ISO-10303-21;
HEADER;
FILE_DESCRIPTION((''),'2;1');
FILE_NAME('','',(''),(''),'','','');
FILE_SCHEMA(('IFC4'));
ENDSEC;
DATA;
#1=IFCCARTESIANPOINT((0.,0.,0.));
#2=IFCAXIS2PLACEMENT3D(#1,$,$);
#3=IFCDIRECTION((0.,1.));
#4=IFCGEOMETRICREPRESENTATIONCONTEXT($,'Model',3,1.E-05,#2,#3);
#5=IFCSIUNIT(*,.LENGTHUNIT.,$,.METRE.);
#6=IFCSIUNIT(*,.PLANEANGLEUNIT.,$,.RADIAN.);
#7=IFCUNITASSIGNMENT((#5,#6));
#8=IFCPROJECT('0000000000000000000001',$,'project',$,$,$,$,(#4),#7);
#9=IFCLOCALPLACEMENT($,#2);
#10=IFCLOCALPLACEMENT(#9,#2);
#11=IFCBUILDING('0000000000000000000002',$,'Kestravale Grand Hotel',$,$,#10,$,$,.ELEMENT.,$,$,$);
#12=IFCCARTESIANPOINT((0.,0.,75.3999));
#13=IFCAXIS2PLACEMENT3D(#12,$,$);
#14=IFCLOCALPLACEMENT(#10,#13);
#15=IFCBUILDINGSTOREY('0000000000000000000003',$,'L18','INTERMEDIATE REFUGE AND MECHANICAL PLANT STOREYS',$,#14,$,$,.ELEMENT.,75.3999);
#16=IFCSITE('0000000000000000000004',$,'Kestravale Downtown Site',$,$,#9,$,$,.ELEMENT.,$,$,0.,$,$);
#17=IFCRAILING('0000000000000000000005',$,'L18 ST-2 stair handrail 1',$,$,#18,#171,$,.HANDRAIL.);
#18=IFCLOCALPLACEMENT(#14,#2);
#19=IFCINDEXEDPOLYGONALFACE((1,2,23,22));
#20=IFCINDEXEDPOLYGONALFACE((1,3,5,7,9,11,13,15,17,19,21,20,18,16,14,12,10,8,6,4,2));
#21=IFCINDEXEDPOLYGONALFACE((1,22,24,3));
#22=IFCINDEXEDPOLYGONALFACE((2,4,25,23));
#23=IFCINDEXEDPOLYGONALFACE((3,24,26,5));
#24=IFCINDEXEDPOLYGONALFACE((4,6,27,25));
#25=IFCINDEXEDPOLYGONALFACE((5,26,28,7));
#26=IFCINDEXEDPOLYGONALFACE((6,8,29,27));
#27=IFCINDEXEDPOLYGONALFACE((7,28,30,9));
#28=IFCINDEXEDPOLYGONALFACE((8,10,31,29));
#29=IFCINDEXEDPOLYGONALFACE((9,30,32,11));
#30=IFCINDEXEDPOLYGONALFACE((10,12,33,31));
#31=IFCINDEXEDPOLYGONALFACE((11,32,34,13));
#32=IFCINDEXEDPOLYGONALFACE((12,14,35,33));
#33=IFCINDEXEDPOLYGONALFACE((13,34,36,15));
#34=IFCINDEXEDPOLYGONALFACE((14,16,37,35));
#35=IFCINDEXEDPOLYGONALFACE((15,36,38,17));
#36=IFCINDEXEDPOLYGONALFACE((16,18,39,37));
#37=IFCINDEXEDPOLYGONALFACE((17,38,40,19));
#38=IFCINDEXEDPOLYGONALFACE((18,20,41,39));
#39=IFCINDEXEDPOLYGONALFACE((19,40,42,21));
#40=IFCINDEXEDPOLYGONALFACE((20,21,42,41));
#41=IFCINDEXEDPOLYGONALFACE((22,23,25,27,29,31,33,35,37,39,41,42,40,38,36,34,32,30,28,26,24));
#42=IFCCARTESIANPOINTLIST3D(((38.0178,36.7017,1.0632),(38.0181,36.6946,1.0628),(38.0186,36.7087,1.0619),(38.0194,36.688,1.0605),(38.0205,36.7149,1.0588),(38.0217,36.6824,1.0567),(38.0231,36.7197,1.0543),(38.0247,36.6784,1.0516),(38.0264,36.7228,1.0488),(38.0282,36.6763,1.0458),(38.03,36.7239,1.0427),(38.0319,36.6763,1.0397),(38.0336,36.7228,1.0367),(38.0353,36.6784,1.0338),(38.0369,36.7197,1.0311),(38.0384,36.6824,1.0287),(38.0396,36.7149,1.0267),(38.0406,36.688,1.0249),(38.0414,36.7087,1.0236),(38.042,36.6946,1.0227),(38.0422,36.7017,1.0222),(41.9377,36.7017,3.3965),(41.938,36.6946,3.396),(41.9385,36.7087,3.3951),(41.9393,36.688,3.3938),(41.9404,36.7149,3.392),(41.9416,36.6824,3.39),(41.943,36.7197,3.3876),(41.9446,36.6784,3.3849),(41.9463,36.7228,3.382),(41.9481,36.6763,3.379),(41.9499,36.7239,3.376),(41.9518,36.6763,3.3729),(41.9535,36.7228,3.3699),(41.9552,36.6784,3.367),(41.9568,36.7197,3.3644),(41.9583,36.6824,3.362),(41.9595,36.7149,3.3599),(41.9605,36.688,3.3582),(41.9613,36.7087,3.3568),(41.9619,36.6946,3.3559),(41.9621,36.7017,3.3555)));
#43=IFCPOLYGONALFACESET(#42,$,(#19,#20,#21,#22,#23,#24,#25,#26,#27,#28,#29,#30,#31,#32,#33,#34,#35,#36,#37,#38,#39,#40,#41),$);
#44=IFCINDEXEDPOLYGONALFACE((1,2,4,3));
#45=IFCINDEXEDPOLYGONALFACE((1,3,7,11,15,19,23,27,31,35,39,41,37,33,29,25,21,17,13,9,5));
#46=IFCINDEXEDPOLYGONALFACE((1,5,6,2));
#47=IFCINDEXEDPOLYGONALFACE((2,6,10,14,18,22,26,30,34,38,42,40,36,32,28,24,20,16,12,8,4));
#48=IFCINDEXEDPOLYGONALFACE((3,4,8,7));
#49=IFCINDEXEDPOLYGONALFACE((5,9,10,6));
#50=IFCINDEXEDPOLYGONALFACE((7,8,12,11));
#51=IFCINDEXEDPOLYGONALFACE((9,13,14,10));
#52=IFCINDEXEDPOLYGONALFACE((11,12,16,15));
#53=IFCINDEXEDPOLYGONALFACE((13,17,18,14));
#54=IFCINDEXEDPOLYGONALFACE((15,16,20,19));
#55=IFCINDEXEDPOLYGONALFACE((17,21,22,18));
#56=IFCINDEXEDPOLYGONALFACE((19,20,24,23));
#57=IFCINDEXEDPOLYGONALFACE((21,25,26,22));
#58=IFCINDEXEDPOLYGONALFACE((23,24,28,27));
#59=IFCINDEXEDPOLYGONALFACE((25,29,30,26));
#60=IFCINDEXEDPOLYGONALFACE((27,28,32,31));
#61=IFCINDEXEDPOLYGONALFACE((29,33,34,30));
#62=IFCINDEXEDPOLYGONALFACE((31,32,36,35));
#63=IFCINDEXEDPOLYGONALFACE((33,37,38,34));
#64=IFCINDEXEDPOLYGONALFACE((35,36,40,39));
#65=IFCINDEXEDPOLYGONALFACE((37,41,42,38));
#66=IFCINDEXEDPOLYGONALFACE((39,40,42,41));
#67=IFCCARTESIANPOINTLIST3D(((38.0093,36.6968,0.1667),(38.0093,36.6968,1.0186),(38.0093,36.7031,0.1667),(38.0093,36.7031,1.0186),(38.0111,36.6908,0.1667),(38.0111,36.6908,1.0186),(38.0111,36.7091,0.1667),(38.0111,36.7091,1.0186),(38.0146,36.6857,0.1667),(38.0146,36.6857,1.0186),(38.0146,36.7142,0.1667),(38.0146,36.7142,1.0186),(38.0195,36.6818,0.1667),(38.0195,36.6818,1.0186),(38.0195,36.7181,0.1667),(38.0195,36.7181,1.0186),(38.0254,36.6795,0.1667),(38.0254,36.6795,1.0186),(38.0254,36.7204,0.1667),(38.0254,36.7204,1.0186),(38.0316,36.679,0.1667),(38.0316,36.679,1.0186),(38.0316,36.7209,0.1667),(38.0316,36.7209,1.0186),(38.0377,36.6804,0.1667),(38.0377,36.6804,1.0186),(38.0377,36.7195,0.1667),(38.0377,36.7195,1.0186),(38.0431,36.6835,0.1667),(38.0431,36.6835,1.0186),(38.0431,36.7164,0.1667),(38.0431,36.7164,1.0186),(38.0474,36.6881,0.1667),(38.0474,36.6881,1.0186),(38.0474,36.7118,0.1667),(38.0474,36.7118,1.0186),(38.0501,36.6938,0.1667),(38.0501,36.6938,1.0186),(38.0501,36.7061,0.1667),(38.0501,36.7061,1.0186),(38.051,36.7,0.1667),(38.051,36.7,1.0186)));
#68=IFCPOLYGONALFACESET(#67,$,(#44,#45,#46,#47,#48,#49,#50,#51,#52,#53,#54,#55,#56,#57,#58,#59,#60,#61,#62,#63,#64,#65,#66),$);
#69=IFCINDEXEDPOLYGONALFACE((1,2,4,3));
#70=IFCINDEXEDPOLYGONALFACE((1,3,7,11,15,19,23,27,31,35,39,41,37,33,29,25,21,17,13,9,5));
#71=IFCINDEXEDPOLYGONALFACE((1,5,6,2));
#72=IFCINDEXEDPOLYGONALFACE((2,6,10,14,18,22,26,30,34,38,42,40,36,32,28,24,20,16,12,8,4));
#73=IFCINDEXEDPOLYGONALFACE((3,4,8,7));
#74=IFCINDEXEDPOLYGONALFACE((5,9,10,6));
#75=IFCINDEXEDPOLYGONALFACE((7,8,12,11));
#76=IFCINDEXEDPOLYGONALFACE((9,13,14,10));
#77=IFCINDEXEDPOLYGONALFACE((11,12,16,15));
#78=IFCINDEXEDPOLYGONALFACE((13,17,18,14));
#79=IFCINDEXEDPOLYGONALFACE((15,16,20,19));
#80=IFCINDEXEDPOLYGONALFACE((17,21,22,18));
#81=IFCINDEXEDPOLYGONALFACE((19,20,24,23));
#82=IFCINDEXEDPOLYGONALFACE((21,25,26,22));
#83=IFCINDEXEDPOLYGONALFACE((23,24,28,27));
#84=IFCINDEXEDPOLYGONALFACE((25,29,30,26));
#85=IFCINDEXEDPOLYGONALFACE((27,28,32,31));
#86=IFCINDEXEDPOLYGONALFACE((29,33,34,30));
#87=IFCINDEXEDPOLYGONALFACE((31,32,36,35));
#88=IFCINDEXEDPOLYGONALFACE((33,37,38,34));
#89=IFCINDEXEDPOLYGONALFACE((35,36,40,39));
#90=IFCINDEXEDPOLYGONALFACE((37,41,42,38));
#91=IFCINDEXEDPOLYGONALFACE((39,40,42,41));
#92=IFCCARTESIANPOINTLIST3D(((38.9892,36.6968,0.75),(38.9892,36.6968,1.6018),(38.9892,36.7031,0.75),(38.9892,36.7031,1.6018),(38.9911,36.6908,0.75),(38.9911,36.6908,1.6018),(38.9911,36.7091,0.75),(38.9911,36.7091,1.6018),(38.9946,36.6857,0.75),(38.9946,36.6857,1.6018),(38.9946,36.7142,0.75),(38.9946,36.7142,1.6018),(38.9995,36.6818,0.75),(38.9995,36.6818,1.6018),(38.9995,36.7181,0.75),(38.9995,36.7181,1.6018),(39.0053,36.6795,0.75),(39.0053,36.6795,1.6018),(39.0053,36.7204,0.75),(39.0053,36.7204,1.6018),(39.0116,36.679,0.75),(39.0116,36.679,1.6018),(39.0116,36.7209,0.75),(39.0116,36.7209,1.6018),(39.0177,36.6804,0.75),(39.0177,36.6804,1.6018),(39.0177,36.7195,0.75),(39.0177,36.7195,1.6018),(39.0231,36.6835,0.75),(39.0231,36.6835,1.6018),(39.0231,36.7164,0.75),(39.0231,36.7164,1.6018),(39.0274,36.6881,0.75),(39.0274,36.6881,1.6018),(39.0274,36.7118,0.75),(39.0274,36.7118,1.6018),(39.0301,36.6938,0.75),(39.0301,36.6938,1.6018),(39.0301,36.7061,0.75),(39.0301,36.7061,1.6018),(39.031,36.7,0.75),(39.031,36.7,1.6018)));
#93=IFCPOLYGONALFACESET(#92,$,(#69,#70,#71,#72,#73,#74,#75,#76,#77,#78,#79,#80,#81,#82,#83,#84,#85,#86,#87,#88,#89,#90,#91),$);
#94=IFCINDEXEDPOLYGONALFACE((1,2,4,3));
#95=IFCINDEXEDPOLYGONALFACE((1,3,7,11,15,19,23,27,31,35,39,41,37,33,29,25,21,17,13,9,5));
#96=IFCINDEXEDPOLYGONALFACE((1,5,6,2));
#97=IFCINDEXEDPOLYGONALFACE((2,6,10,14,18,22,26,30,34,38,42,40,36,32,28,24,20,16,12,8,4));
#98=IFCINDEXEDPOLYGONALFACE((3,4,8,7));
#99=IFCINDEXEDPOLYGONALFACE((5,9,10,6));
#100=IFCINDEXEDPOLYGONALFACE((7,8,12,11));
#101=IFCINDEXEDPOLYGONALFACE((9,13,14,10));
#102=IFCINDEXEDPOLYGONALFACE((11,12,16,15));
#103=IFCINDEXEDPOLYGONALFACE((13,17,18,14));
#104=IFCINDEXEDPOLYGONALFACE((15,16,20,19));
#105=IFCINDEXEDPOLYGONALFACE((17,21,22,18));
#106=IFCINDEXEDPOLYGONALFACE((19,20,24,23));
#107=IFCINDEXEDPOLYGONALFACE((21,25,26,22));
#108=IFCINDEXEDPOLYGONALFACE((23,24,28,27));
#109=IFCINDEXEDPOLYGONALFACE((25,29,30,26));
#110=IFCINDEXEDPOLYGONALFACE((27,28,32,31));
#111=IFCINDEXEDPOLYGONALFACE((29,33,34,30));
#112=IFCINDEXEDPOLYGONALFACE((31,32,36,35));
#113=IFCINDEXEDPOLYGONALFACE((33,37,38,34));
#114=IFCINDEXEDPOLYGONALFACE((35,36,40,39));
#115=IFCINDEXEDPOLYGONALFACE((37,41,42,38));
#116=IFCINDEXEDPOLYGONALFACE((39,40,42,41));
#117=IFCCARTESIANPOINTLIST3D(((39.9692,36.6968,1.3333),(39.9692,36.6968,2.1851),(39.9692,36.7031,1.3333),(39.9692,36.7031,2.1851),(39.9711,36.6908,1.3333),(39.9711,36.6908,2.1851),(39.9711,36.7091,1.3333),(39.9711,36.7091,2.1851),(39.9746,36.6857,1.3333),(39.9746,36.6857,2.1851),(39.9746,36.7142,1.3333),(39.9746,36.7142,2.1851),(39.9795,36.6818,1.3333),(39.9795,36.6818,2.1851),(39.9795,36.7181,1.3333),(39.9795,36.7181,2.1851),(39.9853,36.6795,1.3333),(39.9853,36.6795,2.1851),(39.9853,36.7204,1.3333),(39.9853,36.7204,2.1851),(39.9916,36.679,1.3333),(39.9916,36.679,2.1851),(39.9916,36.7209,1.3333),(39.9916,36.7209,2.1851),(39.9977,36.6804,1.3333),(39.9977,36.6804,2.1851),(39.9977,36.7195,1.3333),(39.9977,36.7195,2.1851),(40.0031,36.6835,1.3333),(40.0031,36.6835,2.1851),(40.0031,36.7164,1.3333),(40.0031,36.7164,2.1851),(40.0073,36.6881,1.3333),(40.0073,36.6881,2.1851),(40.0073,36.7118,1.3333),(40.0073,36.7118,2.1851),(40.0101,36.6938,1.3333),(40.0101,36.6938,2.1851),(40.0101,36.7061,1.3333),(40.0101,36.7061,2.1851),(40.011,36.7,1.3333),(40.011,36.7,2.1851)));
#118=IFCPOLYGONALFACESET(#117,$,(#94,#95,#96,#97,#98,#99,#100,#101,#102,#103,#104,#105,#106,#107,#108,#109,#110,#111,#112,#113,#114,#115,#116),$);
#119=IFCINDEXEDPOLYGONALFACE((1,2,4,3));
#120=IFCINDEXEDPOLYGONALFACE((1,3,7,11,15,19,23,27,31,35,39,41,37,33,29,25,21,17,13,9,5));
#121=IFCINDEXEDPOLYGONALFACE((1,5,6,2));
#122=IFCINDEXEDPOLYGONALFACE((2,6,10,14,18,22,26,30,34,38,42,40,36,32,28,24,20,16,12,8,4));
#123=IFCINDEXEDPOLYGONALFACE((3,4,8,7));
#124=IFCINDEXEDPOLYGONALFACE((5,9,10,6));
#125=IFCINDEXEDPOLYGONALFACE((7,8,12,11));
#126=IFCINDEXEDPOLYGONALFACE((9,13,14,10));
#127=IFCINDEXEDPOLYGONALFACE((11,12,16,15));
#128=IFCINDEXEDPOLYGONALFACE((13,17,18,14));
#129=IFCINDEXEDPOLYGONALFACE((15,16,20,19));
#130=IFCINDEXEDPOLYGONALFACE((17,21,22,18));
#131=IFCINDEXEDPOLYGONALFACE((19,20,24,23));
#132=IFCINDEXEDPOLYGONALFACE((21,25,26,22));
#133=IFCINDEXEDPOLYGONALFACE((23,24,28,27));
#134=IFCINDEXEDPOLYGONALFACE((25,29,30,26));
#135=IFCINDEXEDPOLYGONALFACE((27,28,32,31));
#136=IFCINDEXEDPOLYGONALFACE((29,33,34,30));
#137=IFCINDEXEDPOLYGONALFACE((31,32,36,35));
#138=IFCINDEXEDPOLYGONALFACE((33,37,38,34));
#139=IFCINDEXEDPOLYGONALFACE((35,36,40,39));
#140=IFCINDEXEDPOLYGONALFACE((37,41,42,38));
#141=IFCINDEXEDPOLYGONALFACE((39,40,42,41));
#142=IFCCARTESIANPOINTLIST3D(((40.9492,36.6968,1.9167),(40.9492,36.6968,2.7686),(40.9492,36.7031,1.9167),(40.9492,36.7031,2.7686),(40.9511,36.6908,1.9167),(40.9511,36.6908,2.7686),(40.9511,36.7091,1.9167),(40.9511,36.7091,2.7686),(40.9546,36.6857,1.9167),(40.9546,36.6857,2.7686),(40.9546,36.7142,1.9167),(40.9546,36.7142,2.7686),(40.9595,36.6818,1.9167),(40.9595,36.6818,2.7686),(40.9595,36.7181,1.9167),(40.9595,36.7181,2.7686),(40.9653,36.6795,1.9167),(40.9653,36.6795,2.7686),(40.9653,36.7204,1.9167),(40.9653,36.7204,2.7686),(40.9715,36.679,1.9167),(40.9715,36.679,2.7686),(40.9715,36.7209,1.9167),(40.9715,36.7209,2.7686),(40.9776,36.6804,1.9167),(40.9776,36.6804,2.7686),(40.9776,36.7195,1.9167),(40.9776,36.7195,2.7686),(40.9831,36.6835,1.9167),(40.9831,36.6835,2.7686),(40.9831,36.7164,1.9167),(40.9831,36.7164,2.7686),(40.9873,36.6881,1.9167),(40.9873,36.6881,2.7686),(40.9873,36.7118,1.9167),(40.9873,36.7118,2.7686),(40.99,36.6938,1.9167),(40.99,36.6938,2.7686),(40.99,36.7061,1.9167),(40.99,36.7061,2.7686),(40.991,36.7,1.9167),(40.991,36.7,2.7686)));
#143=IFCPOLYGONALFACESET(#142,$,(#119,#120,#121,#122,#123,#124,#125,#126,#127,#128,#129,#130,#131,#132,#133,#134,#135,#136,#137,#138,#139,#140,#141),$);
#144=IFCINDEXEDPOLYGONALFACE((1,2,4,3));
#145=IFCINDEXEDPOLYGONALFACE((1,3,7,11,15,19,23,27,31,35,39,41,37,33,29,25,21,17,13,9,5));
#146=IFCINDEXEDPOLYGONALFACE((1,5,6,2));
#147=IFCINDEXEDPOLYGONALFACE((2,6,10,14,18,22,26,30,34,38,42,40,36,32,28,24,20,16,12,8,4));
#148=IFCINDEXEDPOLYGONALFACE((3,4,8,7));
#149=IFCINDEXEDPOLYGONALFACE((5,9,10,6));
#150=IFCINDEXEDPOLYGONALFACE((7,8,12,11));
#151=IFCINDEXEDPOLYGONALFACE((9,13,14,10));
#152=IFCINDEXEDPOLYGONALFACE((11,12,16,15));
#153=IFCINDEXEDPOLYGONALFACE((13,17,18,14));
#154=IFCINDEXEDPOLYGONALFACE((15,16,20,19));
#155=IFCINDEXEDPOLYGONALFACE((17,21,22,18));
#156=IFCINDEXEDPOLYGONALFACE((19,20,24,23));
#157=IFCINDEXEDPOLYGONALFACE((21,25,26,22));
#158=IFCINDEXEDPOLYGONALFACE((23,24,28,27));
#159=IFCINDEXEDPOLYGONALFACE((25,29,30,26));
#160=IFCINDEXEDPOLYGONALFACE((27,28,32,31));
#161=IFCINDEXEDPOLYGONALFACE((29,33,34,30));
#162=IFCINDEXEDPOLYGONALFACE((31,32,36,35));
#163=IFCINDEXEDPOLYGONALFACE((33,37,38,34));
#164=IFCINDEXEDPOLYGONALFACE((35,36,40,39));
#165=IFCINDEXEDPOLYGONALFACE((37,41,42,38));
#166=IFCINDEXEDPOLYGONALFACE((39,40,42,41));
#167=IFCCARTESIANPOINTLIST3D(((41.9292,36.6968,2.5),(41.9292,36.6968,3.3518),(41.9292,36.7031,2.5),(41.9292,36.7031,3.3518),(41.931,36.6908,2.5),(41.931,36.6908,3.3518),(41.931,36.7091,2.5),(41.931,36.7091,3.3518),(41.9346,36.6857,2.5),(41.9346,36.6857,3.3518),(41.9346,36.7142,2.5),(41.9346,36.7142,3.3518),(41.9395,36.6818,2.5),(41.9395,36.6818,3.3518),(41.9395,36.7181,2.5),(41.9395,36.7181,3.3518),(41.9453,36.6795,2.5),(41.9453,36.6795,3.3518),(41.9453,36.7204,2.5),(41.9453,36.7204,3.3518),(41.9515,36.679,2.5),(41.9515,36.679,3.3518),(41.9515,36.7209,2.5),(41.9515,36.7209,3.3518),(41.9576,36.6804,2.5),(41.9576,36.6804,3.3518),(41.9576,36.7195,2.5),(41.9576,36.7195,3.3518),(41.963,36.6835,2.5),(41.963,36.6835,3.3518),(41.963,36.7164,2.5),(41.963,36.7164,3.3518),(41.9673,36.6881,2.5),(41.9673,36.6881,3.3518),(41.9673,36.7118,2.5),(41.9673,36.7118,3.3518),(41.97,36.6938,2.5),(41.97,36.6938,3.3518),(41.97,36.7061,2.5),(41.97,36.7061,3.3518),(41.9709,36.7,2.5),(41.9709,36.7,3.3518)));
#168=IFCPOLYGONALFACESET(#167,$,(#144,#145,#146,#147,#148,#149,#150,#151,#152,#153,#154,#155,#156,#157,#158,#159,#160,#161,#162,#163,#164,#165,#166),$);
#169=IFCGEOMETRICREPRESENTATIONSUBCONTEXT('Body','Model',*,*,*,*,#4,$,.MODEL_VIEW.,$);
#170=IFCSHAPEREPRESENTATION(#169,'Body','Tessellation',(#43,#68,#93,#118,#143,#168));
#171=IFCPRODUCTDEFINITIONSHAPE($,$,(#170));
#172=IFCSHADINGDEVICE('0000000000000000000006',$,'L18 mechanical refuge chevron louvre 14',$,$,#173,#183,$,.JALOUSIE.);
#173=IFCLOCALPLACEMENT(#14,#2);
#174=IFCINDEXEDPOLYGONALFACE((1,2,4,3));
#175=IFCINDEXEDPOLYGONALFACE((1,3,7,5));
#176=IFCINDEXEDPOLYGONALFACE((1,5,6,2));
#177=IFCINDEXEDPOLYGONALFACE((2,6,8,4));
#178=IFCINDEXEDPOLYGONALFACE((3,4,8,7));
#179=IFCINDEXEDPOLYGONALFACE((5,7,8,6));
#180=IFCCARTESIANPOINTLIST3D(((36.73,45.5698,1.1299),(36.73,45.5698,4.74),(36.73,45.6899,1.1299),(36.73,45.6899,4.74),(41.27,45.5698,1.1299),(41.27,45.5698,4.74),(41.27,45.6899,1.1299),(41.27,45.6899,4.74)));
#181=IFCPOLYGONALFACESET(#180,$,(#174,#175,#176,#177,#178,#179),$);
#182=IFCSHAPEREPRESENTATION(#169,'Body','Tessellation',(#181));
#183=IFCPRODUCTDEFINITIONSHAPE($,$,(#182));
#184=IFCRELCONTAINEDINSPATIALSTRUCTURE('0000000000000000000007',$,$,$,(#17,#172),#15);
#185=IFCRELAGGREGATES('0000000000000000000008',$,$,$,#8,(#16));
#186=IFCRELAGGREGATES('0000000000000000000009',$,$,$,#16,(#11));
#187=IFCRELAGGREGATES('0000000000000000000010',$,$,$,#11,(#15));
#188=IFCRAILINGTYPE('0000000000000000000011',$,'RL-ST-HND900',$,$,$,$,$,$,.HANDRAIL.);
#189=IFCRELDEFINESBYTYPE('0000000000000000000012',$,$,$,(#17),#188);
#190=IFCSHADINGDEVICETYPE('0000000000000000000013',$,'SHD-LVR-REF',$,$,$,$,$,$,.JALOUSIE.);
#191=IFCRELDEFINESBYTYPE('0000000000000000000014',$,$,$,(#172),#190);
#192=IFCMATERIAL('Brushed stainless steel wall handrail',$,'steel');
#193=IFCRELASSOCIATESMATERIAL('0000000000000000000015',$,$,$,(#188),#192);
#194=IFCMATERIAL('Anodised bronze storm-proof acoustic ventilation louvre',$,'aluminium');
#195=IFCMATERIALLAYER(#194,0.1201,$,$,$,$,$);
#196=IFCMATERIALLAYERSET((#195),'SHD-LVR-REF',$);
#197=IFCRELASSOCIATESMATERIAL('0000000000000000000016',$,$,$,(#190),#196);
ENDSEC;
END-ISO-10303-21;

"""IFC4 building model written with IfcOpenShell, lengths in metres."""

from ifc_helpers import new_model, si_unit, direction, frame, origin, origin_2d, place, context, subcontext, project, spatial, rectangle, circle, extrude, material, layer, layer_set, type_object, element, save


model = new_model("IFC4")

# Units and contexts
model_context = context("Model", 3, precision=1e-05, world=origin(), true_north=direction((0.0, 1.0)))
body_context = subcontext(model_context, "Body", "Model", "MODEL_VIEW")
ifc_project = project(units=[si_unit("LENGTHUNIT", "METRE"), si_unit("PLANEANGLEUNIT", "RADIAN")], contexts=[model_context])

# Site, building, storey
site_placement = place(None, origin())
site = spatial("IfcSite", under=ifc_project, at=site_placement, Name="Kestravale Downtown Site", CompositionType="ELEMENT", RefElevation=0.0)
building_placement = place(site_placement, origin())
building = spatial("IfcBuilding", under=site, at=building_placement, Name="Kestravale Grand Hotel", CompositionType="ELEMENT")
storey_placement = place(building_placement, frame((0.0, 0.0, 75.3999)))
storey = spatial("IfcBuildingStorey", under=building, at=storey_placement, Name="L18", Description="INTERMEDIATE REFUGE AND MECHANICAL PLANT STOREYS", CompositionType="ELEMENT", Elevation=75.3999)

# Railing
ifc_material_1 = material(Name="Brushed stainless steel wall handrail", Category="steel")
railing_type_1 = type_object("IfcRailingType", Name="RL-ST-HND900", PredefinedType="HANDRAIL", material=ifc_material_1)
railing_1_placement = place(storey_placement, frame((38.03, 36.7, 0.1667)))
element("IfcRailing", 1, at=railing_1_placement, inside=storey, type_object=railing_type_1, Name="L18 ST-2 stair handrail 1", PredefinedType="HANDRAIL", context=body_context, shape_type="SweptSolid", body=[
    extrude(circle(Radius=0.0239, at=origin_2d()), frame((0.0, 0.0, 0.876), z_axis=(0.859296, 0.0, 0.511478), x_axis=(0.0, 1.0, 0.0)), (0.0, 0.0, 1.0), 4.5618),
    extrude(circle(Radius=0.021, at=origin_2d()), origin(), (0.0, 0.0, 1.0), 0.8518),
    extrude(circle(Radius=0.021, at=origin_2d()), frame((0.98, 0.0, 0.5833)), (0.0, 0.0, 1.0), 0.8518),
    extrude(circle(Radius=0.021, at=origin_2d()), frame((1.96, 0.0, 1.1665)), (0.0, 0.0, 1.0), 0.8518),
    extrude(circle(Radius=0.021, at=origin_2d()), frame((2.9399, 0.0, 1.75)), (0.0, 0.0, 1.0), 0.8518),
    extrude(circle(Radius=0.021, at=origin_2d()), frame((3.9199, 0.0, 2.3333)), (0.0, 0.0, 1.0), 0.8518),
])

# Shading device
ifc_material_2 = material(Name="Anodised bronze storm-proof acoustic ventilation louvre", Category="aluminium")
ifc_layer_1 = layer(ifc_material_2, 0.1201)
ifc_layer_set_1 = layer_set([ifc_layer_1], Name="SHD-LVR-REF")
shading_device_type = type_object("IfcShadingDeviceType", Name="SHD-LVR-REF", PredefinedType="JALOUSIE", material=ifc_layer_set_1)
shading_device_placement = place(storey_placement, frame((39.0, 45.6299, 1.1299), z_axis=(0.0, 0.0, 1.0), x_axis=(-1.0, 0.0, 0.0)))
element("IfcShadingDevice", 2, at=shading_device_placement, inside=storey, type_object=shading_device_type, Name="L18 mechanical refuge chevron louvre 14", PredefinedType="JALOUSIE", context=body_context, shape_type="SweptSolid", body=[
    extrude(rectangle(XDim=4.54, YDim=0.1201, at=origin_2d()), origin(), (0.0, 0.0, 1.0), 3.6101),
])

save(model, "model.ifc")
